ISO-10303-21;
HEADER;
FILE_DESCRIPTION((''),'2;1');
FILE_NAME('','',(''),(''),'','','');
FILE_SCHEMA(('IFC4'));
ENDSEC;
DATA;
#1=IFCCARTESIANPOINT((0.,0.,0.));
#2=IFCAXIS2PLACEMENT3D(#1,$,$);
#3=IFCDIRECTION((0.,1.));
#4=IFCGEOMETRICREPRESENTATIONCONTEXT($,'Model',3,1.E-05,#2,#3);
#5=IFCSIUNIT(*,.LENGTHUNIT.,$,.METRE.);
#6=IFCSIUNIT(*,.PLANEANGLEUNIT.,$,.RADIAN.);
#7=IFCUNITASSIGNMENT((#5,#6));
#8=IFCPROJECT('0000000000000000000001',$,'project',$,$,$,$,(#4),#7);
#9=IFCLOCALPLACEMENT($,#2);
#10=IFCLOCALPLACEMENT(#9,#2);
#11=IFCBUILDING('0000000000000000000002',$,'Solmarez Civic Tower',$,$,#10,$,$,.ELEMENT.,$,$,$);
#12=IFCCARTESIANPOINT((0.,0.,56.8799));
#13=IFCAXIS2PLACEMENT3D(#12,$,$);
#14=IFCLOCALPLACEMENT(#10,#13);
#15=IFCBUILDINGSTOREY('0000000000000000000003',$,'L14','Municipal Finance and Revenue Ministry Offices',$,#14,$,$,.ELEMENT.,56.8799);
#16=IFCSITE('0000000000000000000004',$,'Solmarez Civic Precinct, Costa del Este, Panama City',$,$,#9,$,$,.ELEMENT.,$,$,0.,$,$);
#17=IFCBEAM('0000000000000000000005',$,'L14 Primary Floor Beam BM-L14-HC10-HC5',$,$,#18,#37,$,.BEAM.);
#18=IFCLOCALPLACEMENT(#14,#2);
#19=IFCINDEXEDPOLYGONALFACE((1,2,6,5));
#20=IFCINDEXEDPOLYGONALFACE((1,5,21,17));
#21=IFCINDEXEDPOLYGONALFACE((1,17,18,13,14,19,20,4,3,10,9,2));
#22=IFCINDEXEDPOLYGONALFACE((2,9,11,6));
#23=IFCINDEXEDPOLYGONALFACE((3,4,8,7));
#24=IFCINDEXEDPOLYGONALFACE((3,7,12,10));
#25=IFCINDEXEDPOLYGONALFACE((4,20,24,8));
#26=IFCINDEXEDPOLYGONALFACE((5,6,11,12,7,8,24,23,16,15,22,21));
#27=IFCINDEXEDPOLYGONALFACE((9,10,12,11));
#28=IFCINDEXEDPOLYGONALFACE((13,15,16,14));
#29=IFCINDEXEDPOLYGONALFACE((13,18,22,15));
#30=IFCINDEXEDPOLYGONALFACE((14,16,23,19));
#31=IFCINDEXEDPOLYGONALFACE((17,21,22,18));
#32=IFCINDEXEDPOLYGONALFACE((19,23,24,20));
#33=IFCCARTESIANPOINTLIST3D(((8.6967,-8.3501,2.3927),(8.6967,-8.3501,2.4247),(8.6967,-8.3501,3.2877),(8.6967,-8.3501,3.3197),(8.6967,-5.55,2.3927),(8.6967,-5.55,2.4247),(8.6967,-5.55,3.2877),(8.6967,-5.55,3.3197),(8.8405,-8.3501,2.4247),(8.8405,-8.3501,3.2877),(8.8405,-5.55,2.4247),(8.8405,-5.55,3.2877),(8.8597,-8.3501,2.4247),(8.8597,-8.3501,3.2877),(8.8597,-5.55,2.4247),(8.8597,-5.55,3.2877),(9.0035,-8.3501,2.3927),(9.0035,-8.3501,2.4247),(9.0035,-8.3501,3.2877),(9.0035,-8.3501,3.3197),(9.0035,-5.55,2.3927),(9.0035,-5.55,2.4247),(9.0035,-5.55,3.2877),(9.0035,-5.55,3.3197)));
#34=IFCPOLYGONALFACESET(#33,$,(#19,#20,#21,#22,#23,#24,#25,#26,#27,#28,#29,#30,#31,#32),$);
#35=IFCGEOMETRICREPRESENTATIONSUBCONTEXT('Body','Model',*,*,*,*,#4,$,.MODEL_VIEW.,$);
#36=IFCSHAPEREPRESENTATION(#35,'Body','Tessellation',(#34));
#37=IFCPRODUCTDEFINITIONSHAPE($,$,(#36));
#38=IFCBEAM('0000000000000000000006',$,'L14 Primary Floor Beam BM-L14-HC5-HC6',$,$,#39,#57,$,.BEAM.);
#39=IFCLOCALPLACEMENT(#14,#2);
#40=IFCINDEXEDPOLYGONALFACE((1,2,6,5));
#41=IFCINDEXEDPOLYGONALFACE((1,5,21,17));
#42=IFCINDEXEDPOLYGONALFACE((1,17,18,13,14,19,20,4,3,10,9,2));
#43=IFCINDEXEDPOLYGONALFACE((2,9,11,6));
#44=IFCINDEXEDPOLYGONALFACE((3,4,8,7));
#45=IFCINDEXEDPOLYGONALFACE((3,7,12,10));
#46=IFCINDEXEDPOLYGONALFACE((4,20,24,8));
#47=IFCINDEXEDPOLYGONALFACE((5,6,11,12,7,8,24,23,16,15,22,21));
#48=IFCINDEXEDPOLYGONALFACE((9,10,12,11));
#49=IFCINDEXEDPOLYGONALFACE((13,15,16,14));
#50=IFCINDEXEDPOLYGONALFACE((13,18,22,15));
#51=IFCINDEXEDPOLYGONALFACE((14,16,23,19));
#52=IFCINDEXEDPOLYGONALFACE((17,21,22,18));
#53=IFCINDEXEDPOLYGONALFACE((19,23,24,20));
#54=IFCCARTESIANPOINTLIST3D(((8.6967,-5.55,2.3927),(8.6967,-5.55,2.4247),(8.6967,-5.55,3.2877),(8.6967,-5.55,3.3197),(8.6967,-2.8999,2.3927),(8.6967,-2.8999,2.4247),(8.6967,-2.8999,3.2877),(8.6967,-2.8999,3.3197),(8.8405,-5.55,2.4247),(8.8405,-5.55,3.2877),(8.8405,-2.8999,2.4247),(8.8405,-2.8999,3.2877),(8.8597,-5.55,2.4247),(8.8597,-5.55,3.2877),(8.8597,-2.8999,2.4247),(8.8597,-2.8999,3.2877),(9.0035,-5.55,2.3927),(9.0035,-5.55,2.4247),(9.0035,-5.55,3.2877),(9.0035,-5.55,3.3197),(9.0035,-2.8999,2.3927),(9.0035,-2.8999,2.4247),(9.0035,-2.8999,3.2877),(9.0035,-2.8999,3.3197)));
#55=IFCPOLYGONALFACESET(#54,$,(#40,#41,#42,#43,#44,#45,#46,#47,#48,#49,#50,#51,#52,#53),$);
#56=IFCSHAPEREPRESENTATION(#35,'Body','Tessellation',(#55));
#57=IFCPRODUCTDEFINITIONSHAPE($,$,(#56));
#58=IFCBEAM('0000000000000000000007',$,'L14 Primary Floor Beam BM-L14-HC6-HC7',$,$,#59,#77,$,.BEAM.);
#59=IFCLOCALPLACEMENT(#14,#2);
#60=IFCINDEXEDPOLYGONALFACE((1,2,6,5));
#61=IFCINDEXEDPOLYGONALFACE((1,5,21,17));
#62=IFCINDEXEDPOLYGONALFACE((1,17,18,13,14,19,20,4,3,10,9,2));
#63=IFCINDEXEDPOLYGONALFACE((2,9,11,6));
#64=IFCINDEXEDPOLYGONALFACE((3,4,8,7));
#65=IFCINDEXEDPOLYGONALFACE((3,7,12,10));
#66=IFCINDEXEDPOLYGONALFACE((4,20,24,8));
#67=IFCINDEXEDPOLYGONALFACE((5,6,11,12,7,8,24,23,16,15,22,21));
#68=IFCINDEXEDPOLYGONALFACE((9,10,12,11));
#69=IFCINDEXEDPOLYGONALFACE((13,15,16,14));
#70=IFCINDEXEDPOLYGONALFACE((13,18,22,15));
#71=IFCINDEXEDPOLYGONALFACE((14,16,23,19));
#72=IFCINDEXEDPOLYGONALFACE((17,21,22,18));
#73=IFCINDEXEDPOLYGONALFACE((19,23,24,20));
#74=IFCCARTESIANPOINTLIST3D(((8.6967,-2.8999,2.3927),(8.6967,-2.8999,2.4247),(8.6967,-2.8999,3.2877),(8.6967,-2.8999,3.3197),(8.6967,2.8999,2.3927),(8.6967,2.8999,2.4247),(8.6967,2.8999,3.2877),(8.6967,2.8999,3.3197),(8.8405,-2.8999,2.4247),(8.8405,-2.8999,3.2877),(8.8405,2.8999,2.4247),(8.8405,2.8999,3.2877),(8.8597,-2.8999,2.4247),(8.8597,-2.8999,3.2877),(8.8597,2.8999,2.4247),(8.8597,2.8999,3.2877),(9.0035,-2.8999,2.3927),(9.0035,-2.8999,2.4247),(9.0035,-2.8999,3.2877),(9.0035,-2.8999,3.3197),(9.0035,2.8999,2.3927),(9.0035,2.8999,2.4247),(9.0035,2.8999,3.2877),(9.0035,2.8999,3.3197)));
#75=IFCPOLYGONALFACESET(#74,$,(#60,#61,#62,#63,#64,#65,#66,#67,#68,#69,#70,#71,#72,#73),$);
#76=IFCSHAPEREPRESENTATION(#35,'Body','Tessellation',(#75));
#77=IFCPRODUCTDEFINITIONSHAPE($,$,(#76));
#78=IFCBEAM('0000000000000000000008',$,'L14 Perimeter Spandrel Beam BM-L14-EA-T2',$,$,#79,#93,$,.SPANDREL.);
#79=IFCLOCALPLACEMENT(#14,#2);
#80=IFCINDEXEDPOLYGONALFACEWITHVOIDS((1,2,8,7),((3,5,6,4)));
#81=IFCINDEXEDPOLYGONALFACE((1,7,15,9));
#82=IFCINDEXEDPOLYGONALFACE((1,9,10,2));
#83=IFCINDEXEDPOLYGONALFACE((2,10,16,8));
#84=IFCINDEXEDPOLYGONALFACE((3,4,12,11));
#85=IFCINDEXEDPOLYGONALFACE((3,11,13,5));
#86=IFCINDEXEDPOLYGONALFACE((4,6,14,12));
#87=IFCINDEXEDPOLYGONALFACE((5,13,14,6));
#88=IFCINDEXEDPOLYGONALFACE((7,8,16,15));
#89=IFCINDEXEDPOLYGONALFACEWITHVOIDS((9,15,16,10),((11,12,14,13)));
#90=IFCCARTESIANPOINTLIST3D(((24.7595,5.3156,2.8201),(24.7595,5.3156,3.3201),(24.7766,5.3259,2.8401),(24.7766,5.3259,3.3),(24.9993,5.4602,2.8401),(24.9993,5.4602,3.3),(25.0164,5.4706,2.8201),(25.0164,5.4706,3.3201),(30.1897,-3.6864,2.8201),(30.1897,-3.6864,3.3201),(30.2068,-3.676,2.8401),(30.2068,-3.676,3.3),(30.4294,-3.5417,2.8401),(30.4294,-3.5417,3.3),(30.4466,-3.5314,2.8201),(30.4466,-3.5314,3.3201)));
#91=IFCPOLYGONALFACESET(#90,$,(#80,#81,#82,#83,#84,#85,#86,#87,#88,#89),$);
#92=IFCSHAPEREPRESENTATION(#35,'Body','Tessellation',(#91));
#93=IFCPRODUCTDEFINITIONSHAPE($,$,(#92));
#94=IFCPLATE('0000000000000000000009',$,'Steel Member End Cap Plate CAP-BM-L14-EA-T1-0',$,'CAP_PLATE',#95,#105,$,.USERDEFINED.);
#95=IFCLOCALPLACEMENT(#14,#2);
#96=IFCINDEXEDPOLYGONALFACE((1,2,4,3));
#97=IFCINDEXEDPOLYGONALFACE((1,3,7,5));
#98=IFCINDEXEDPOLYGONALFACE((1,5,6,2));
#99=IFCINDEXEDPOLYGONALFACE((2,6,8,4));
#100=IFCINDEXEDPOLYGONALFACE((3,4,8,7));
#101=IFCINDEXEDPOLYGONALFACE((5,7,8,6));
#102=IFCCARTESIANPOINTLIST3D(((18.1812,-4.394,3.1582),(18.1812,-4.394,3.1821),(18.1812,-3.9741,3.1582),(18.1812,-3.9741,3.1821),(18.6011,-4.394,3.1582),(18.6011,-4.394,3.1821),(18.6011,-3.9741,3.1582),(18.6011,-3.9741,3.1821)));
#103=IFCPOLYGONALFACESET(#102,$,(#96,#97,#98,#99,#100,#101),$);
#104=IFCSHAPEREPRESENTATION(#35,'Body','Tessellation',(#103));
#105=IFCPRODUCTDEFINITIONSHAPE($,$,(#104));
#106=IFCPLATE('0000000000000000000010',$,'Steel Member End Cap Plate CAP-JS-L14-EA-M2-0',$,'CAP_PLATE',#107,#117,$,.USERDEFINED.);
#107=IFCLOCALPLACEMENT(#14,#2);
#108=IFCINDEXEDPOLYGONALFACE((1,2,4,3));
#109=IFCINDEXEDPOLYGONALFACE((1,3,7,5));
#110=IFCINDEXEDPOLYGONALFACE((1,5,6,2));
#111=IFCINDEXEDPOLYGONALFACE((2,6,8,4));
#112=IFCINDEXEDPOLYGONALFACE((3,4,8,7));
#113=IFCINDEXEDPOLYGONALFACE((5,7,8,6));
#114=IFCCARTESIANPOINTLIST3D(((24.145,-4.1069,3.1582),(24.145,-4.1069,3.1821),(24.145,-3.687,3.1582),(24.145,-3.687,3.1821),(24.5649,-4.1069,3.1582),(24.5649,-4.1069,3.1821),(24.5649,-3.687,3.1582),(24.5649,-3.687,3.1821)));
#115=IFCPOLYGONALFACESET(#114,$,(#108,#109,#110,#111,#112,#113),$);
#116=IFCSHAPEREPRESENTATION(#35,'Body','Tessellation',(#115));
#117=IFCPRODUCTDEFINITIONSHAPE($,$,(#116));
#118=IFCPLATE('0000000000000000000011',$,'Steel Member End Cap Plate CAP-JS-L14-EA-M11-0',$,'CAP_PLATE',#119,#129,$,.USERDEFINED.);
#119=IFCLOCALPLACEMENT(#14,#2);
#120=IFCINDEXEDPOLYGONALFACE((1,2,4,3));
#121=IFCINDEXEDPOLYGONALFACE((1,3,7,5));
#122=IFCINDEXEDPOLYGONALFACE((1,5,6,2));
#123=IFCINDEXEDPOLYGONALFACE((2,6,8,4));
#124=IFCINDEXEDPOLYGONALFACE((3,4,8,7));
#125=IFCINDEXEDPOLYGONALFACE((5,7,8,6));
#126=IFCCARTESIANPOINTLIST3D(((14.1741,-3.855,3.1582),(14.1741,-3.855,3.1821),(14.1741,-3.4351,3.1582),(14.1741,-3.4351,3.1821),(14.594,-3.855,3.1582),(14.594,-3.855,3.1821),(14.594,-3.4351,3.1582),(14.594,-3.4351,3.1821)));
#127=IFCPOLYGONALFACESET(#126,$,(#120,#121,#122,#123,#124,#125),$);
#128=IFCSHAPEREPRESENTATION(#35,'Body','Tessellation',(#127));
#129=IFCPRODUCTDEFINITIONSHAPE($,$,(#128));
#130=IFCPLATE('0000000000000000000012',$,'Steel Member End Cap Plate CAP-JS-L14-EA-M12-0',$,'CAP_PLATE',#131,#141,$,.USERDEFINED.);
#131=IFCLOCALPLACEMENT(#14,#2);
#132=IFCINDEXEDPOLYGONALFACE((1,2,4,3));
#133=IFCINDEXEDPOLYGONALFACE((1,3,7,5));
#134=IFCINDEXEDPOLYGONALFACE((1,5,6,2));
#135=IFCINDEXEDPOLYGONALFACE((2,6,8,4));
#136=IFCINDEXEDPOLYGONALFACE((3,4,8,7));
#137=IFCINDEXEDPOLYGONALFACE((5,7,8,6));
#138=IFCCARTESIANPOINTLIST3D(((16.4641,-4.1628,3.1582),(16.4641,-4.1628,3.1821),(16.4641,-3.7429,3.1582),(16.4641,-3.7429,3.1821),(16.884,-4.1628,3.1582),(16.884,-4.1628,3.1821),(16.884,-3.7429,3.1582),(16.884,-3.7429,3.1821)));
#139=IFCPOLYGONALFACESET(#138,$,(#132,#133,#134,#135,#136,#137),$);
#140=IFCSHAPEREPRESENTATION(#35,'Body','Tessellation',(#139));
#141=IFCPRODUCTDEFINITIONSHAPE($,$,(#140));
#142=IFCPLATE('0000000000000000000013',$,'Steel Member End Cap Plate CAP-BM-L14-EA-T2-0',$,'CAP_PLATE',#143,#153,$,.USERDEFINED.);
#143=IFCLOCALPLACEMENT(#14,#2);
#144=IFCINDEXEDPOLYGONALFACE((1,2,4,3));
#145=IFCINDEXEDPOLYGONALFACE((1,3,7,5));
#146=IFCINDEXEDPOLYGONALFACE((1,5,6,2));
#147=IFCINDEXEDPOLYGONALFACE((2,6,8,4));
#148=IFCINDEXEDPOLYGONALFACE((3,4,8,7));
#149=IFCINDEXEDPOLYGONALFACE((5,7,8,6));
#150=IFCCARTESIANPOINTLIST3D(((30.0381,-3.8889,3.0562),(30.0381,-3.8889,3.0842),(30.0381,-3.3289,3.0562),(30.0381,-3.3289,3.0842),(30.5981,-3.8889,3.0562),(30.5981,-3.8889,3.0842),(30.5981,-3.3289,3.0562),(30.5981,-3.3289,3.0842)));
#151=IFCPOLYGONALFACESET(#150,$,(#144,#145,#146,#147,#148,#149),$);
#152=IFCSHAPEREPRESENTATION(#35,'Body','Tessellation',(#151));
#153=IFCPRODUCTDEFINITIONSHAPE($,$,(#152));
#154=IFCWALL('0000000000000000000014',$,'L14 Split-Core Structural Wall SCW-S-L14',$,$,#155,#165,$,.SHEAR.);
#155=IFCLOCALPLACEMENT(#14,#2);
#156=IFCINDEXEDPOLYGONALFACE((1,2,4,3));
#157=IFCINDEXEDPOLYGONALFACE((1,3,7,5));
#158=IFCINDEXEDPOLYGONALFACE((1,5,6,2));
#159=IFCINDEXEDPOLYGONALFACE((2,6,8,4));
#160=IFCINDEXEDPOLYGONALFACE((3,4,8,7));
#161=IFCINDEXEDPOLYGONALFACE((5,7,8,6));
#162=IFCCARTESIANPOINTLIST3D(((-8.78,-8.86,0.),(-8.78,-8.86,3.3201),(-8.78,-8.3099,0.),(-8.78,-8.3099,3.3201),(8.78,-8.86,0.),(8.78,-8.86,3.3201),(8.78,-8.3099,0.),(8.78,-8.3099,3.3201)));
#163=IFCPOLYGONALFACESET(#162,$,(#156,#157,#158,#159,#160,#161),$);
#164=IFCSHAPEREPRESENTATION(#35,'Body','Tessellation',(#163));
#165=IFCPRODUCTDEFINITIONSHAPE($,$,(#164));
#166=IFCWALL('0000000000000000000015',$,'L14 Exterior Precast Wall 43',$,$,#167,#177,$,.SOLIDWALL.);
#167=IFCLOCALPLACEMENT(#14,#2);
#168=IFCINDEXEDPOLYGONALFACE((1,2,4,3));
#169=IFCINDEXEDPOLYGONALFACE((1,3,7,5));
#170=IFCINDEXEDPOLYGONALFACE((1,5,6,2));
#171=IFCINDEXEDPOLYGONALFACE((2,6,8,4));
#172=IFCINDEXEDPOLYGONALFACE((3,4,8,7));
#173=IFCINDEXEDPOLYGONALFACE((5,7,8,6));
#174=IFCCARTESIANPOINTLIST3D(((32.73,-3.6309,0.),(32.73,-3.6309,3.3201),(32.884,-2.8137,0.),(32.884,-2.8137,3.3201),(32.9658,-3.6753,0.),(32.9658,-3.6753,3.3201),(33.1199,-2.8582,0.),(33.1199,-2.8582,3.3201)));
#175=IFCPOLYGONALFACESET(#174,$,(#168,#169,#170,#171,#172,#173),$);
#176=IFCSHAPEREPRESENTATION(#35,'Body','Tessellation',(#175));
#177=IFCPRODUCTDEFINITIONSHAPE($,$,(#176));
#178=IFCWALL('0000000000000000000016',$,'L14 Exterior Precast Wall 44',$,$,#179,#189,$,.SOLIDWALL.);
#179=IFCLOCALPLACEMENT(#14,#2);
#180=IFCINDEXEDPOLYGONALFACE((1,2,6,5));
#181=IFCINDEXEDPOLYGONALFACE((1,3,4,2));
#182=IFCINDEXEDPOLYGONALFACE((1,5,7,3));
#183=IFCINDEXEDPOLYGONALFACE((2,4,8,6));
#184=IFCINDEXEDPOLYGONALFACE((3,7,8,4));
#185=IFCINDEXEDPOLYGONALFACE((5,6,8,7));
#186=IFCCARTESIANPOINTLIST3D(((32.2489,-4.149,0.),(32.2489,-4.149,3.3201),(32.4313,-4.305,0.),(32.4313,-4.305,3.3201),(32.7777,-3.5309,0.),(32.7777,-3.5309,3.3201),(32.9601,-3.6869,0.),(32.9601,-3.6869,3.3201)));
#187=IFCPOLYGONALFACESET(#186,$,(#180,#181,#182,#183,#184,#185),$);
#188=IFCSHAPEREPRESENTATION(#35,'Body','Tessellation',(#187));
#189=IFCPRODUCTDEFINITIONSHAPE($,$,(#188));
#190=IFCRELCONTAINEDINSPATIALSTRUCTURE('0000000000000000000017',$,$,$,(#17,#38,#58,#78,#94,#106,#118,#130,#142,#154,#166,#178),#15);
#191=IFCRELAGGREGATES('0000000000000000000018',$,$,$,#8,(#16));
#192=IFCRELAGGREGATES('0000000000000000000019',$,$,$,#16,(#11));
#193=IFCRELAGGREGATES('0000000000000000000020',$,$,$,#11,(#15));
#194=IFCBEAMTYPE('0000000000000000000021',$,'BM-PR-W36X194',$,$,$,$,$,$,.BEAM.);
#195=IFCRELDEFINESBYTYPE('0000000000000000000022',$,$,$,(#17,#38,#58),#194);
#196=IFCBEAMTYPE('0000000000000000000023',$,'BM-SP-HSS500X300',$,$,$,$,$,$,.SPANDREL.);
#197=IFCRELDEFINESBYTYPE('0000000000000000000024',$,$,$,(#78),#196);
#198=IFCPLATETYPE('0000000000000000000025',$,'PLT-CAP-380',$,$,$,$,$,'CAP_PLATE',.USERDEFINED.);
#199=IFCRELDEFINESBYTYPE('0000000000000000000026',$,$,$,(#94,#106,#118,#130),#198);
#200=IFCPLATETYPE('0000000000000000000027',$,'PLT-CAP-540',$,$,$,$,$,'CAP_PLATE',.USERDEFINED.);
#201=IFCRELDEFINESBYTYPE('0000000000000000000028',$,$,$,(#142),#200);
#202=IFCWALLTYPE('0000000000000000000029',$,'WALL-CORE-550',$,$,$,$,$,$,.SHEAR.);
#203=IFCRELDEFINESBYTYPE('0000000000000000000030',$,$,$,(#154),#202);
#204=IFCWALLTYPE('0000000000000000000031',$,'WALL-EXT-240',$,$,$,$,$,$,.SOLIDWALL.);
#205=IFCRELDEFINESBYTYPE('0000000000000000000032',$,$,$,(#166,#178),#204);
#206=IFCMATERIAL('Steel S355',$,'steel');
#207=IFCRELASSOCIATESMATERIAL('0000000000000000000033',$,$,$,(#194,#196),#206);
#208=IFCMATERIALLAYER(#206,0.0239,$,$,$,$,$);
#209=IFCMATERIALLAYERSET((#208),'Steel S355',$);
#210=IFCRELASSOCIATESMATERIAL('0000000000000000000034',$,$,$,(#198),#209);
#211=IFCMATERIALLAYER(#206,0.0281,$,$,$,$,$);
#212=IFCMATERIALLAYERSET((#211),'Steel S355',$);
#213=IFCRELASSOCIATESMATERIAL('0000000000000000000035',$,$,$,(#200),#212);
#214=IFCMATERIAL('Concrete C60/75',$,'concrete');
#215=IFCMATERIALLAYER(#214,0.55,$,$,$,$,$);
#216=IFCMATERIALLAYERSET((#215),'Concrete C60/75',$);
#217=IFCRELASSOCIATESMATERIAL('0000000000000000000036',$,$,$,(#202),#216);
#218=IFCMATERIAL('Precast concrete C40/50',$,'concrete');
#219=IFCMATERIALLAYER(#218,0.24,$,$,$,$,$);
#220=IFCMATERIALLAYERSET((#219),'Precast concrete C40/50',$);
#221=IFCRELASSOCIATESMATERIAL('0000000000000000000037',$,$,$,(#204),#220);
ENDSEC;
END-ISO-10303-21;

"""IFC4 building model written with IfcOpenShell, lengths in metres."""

from ifc_helpers import new_model, si_unit, direction, frame, frame_2d, origin, origin_2d, place, context, subcontext, project, spatial, rectangle, hollow_rectangle, i_section, extrude, material, layer, layer_set, material_profile, profile_set, type_object, element, save


model = new_model("IFC4")

# Units and contexts
model_context = context("Model", 3, precision=1e-05, world=origin(), true_north=direction((0.0, 1.0)))
body_context = subcontext(model_context, "Body", "Model", "MODEL_VIEW")
ifc_project = project(units=[si_unit("LENGTHUNIT", "METRE"), si_unit("PLANEANGLEUNIT", "RADIAN")], contexts=[model_context])

# Site, building, storey
site_placement = place(None, origin())
site = spatial("IfcSite", under=ifc_project, at=site_placement, Name="Solmarez Civic Precinct, Costa del Este, Panama City", CompositionType="ELEMENT", RefElevation=0.0)
building_placement = place(site_placement, origin())
building = spatial("IfcBuilding", under=site, at=building_placement, Name="Solmarez Civic Tower", CompositionType="ELEMENT")
storey_placement = place(building_placement, frame((0.0, 0.0, 56.8799)))
storey = spatial("IfcBuildingStorey", under=building, at=storey_placement, Name="L14", Description="Municipal Finance and Revenue Ministry Offices", CompositionType="ELEMENT", Elevation=56.8799)

# Shared definitions
ifc_material_1 = material(Name="Concrete C60/75", Category="concrete")

# Beams
ifc_material_2 = material(Name="Steel S355", Category="steel")
ifc_material_profile_1 = material_profile(ifc_material_2, i_section(OverallWidth=0.3069, OverallDepth=0.927, WebThickness=0.0193, FlangeThickness=0.032, at=origin_2d()), Name="W36X194")
ifc_profile_set_1 = profile_set([ifc_material_profile_1], Name="Steel S355")
beam_type_1 = type_object("IfcBeamType", Name="BM-PR-W36X194", PredefinedType="BEAM", material=ifc_profile_set_1)
beam_1_placement = place(storey_placement, frame((8.8501, -8.3501, 2.8562), z_axis=(0.0, 1.0, 0.0), x_axis=(-1.0, 0.0, 0.0)))
element("IfcBeam", 1, at=beam_1_placement, inside=storey, type_object=beam_type_1, Name="L14 Primary Floor Beam BM-L14-HC10-HC5", PredefinedType="BEAM", context=body_context, shape_type="SweptSolid", body=[
    extrude(i_section(OverallWidth=0.3069, OverallDepth=0.927, WebThickness=0.0193, FlangeThickness=0.032, at=origin_2d()), origin(), (0.0, 0.0, 1.0), 2.8),
])
beam_2_placement = place(storey_placement, frame((8.8501, -5.55, 2.8562), z_axis=(0.0, 1.0, 0.0), x_axis=(-1.0, 0.0, 0.0)))
element("IfcBeam", 2, at=beam_2_placement, inside=storey, type_object=beam_type_1, Name="L14 Primary Floor Beam BM-L14-HC5-HC6", PredefinedType="BEAM", context=body_context, shape_type="SweptSolid", body=[
    extrude(i_section(OverallWidth=0.3069, OverallDepth=0.927, WebThickness=0.0193, FlangeThickness=0.032, at=origin_2d()), origin(), (0.0, 0.0, 1.0), 2.6501),
])
beam_3_placement = place(storey_placement, frame((8.8501, -2.8999, 2.8562), z_axis=(0.0, 1.0, 0.0), x_axis=(-1.0, 0.0, 0.0)))
element("IfcBeam", 3, at=beam_3_placement, inside=storey, type_object=beam_type_1, Name="L14 Primary Floor Beam BM-L14-HC6-HC7", PredefinedType="BEAM", context=body_context, shape_type="SweptSolid", body=[
    extrude(i_section(OverallWidth=0.3069, OverallDepth=0.927, WebThickness=0.0193, FlangeThickness=0.032, at=origin_2d()), origin(), (0.0, 0.0, 1.0), 5.7998),
])
ifc_material_profile_2 = material_profile(ifc_material_2, hollow_rectangle(XDim=0.3, YDim=0.5, WallThickness=0.02, at=origin_2d()), Name="HSS500X300X20")
ifc_profile_set_2 = profile_set([ifc_material_profile_2], Name="Steel S355")
beam_type_2 = type_object("IfcBeamType", Name="BM-SP-HSS500X300", PredefinedType="SPANDREL", material=ifc_profile_set_2)
beam_4_placement = place(storey_placement, frame((30.3181, -3.6089, 3.0701), z_axis=(-0.516523, 0.856273, 0.0), x_axis=(-0.856273, -0.516523, 0.0)))
element("IfcBeam", 4, at=beam_4_placement, inside=storey, type_object=beam_type_2, Name="L14 Perimeter Spandrel Beam BM-L14-EA-T2", PredefinedType="SPANDREL", context=body_context, shape_type="SweptSolid", body=[
    extrude(hollow_rectangle(XDim=0.3, YDim=0.5, WallThickness=0.02, at=origin_2d()), origin(), (0.0, 0.0, 1.0), 10.5129),
])

# Plates
ifc_layer_1 = layer(ifc_material_2, 0.0239)
ifc_layer_set_1 = layer_set([ifc_layer_1], Name="Steel S355")
plate_type_1 = type_object("IfcPlateType", Name="PLT-CAP-380", ElementType="CAP_PLATE", PredefinedType="USERDEFINED", material=ifc_layer_set_1)
for number, where, z_axis, x_axis, name in (
    (5, (18.3911, -4.1841, 3.1582), (0.0, 0.0, 1.0), (1.0, 0.0, 0.0), "Steel Member End Cap Plate CAP-BM-L14-EA-T1-0"),
    (6, (24.355, -3.897, 3.1582), (0.0, 0.0, 1.0), (1.0, 0.0, 0.0), "Steel Member End Cap Plate CAP-JS-L14-EA-M2-0"),
    (7, (14.384, -3.645, 3.1582), (0.0, 0.0, 1.0), (1.0, 0.0, 0.0), "Steel Member End Cap Plate CAP-JS-L14-EA-M11-0"),
    (8, (16.6741, -3.9529, 3.1582), (0.0, 0.0, 1.0), (1.0, 0.0, 0.0), "Steel Member End Cap Plate CAP-JS-L14-EA-M12-0"),
):
    element("IfcPlate", number, at=place(storey_placement, frame(where, z_axis=z_axis, x_axis=x_axis)), inside=storey, type_object=plate_type_1, Name=name, ObjectType="CAP_PLATE", PredefinedType="USERDEFINED", context=body_context, shape_type="SweptSolid", body=[
        extrude(rectangle(XDim=0.4199, YDim=0.4199, at=origin_2d()), origin(), (0.0, 0.0, 1.0), 0.0239),
    ])
ifc_layer_2 = layer(ifc_material_2, 0.0281)
ifc_layer_set_2 = layer_set([ifc_layer_2], Name="Steel S355")
plate_type_2 = type_object("IfcPlateType", Name="PLT-CAP-540", ElementType="CAP_PLATE", PredefinedType="USERDEFINED", material=ifc_layer_set_2)
plate_placement = place(storey_placement, frame((30.3181, -3.6089, 3.0562), z_axis=(0.0, 0.0, 1.0), x_axis=(1.0, 0.0, 0.0)))
element("IfcPlate", 9, at=plate_placement, inside=storey, type_object=plate_type_2, Name="Steel Member End Cap Plate CAP-BM-L14-EA-T2-0", ObjectType="CAP_PLATE", PredefinedType="USERDEFINED", context=body_context, shape_type="SweptSolid", body=[
    extrude(rectangle(XDim=0.5601, YDim=0.5601, at=origin_2d()), origin(), (0.0, 0.0, 1.0), 0.0281),
])

# Walls
ifc_layer_3 = layer(ifc_material_1, 0.55)
ifc_layer_set_3 = layer_set([ifc_layer_3], Name="Concrete C60/75")
wall_type_1 = type_object("IfcWallType", Name="WALL-CORE-550", PredefinedType="SHEAR", material=ifc_layer_set_3)
wall_1_placement = place(storey_placement, frame((8.78, -8.585, 0.0), z_axis=(0.0, 0.0, 1.0), x_axis=(-1.0, 0.0, 0.0)))
element("IfcWall", 10, at=wall_1_placement, inside=storey, type_object=wall_type_1, Name="L14 Split-Core Structural Wall SCW-S-L14", PredefinedType="SHEAR", context=body_context, shape_type="SweptSolid", body=[
    extrude(rectangle(XDim=17.5601, YDim=0.55, at=frame_2d((8.78, 0.0))), origin(), (0.0, 0.0, 1.0), 3.3201),
])
ifc_material_3 = material(Name="Precast concrete C40/50", Category="concrete")
ifc_layer_4 = layer(ifc_material_3, 0.24)
ifc_layer_set_4 = layer_set([ifc_layer_4], Name="Precast concrete C40/50")
wall_type_2 = type_object("IfcWallType", Name="WALL-EXT-240", PredefinedType="SOLIDWALL", material=ifc_layer_set_4)
wall_2_placement = place(storey_placement, frame((33.002, -2.8359, 0.0), z_axis=(0.0, 0.0, 1.0), x_axis=(-0.185263, -0.982689, 0.0)))
element("IfcWall", 11, at=wall_2_placement, inside=storey, type_object=wall_type_2, Name="L14 Exterior Precast Wall 43", PredefinedType="SOLIDWALL", context=body_context, shape_type="SweptSolid", body=[
    extrude(rectangle(XDim=0.8315, YDim=0.24, at=frame_2d((0.4158, 0.0))), origin(), (0.0, 0.0, 1.0), 3.3201),
])
wall_3_placement = place(storey_placement, frame((32.8689, -3.6089, 0.0), z_axis=(0.0, 0.0, 1.0), x_axis=(-0.65005, -0.759892, 0.0)))
element("IfcWall", 12, at=wall_3_placement, inside=storey, type_object=wall_type_2, Name="L14 Exterior Precast Wall 44", PredefinedType="SOLIDWALL", context=body_context, shape_type="SweptSolid", body=[
    extrude(rectangle(XDim=0.8135, YDim=0.24, at=frame_2d((0.4067, 0.0))), origin(), (0.0, 0.0, 1.0), 3.3201),
])

save(model, "model.ifc")
